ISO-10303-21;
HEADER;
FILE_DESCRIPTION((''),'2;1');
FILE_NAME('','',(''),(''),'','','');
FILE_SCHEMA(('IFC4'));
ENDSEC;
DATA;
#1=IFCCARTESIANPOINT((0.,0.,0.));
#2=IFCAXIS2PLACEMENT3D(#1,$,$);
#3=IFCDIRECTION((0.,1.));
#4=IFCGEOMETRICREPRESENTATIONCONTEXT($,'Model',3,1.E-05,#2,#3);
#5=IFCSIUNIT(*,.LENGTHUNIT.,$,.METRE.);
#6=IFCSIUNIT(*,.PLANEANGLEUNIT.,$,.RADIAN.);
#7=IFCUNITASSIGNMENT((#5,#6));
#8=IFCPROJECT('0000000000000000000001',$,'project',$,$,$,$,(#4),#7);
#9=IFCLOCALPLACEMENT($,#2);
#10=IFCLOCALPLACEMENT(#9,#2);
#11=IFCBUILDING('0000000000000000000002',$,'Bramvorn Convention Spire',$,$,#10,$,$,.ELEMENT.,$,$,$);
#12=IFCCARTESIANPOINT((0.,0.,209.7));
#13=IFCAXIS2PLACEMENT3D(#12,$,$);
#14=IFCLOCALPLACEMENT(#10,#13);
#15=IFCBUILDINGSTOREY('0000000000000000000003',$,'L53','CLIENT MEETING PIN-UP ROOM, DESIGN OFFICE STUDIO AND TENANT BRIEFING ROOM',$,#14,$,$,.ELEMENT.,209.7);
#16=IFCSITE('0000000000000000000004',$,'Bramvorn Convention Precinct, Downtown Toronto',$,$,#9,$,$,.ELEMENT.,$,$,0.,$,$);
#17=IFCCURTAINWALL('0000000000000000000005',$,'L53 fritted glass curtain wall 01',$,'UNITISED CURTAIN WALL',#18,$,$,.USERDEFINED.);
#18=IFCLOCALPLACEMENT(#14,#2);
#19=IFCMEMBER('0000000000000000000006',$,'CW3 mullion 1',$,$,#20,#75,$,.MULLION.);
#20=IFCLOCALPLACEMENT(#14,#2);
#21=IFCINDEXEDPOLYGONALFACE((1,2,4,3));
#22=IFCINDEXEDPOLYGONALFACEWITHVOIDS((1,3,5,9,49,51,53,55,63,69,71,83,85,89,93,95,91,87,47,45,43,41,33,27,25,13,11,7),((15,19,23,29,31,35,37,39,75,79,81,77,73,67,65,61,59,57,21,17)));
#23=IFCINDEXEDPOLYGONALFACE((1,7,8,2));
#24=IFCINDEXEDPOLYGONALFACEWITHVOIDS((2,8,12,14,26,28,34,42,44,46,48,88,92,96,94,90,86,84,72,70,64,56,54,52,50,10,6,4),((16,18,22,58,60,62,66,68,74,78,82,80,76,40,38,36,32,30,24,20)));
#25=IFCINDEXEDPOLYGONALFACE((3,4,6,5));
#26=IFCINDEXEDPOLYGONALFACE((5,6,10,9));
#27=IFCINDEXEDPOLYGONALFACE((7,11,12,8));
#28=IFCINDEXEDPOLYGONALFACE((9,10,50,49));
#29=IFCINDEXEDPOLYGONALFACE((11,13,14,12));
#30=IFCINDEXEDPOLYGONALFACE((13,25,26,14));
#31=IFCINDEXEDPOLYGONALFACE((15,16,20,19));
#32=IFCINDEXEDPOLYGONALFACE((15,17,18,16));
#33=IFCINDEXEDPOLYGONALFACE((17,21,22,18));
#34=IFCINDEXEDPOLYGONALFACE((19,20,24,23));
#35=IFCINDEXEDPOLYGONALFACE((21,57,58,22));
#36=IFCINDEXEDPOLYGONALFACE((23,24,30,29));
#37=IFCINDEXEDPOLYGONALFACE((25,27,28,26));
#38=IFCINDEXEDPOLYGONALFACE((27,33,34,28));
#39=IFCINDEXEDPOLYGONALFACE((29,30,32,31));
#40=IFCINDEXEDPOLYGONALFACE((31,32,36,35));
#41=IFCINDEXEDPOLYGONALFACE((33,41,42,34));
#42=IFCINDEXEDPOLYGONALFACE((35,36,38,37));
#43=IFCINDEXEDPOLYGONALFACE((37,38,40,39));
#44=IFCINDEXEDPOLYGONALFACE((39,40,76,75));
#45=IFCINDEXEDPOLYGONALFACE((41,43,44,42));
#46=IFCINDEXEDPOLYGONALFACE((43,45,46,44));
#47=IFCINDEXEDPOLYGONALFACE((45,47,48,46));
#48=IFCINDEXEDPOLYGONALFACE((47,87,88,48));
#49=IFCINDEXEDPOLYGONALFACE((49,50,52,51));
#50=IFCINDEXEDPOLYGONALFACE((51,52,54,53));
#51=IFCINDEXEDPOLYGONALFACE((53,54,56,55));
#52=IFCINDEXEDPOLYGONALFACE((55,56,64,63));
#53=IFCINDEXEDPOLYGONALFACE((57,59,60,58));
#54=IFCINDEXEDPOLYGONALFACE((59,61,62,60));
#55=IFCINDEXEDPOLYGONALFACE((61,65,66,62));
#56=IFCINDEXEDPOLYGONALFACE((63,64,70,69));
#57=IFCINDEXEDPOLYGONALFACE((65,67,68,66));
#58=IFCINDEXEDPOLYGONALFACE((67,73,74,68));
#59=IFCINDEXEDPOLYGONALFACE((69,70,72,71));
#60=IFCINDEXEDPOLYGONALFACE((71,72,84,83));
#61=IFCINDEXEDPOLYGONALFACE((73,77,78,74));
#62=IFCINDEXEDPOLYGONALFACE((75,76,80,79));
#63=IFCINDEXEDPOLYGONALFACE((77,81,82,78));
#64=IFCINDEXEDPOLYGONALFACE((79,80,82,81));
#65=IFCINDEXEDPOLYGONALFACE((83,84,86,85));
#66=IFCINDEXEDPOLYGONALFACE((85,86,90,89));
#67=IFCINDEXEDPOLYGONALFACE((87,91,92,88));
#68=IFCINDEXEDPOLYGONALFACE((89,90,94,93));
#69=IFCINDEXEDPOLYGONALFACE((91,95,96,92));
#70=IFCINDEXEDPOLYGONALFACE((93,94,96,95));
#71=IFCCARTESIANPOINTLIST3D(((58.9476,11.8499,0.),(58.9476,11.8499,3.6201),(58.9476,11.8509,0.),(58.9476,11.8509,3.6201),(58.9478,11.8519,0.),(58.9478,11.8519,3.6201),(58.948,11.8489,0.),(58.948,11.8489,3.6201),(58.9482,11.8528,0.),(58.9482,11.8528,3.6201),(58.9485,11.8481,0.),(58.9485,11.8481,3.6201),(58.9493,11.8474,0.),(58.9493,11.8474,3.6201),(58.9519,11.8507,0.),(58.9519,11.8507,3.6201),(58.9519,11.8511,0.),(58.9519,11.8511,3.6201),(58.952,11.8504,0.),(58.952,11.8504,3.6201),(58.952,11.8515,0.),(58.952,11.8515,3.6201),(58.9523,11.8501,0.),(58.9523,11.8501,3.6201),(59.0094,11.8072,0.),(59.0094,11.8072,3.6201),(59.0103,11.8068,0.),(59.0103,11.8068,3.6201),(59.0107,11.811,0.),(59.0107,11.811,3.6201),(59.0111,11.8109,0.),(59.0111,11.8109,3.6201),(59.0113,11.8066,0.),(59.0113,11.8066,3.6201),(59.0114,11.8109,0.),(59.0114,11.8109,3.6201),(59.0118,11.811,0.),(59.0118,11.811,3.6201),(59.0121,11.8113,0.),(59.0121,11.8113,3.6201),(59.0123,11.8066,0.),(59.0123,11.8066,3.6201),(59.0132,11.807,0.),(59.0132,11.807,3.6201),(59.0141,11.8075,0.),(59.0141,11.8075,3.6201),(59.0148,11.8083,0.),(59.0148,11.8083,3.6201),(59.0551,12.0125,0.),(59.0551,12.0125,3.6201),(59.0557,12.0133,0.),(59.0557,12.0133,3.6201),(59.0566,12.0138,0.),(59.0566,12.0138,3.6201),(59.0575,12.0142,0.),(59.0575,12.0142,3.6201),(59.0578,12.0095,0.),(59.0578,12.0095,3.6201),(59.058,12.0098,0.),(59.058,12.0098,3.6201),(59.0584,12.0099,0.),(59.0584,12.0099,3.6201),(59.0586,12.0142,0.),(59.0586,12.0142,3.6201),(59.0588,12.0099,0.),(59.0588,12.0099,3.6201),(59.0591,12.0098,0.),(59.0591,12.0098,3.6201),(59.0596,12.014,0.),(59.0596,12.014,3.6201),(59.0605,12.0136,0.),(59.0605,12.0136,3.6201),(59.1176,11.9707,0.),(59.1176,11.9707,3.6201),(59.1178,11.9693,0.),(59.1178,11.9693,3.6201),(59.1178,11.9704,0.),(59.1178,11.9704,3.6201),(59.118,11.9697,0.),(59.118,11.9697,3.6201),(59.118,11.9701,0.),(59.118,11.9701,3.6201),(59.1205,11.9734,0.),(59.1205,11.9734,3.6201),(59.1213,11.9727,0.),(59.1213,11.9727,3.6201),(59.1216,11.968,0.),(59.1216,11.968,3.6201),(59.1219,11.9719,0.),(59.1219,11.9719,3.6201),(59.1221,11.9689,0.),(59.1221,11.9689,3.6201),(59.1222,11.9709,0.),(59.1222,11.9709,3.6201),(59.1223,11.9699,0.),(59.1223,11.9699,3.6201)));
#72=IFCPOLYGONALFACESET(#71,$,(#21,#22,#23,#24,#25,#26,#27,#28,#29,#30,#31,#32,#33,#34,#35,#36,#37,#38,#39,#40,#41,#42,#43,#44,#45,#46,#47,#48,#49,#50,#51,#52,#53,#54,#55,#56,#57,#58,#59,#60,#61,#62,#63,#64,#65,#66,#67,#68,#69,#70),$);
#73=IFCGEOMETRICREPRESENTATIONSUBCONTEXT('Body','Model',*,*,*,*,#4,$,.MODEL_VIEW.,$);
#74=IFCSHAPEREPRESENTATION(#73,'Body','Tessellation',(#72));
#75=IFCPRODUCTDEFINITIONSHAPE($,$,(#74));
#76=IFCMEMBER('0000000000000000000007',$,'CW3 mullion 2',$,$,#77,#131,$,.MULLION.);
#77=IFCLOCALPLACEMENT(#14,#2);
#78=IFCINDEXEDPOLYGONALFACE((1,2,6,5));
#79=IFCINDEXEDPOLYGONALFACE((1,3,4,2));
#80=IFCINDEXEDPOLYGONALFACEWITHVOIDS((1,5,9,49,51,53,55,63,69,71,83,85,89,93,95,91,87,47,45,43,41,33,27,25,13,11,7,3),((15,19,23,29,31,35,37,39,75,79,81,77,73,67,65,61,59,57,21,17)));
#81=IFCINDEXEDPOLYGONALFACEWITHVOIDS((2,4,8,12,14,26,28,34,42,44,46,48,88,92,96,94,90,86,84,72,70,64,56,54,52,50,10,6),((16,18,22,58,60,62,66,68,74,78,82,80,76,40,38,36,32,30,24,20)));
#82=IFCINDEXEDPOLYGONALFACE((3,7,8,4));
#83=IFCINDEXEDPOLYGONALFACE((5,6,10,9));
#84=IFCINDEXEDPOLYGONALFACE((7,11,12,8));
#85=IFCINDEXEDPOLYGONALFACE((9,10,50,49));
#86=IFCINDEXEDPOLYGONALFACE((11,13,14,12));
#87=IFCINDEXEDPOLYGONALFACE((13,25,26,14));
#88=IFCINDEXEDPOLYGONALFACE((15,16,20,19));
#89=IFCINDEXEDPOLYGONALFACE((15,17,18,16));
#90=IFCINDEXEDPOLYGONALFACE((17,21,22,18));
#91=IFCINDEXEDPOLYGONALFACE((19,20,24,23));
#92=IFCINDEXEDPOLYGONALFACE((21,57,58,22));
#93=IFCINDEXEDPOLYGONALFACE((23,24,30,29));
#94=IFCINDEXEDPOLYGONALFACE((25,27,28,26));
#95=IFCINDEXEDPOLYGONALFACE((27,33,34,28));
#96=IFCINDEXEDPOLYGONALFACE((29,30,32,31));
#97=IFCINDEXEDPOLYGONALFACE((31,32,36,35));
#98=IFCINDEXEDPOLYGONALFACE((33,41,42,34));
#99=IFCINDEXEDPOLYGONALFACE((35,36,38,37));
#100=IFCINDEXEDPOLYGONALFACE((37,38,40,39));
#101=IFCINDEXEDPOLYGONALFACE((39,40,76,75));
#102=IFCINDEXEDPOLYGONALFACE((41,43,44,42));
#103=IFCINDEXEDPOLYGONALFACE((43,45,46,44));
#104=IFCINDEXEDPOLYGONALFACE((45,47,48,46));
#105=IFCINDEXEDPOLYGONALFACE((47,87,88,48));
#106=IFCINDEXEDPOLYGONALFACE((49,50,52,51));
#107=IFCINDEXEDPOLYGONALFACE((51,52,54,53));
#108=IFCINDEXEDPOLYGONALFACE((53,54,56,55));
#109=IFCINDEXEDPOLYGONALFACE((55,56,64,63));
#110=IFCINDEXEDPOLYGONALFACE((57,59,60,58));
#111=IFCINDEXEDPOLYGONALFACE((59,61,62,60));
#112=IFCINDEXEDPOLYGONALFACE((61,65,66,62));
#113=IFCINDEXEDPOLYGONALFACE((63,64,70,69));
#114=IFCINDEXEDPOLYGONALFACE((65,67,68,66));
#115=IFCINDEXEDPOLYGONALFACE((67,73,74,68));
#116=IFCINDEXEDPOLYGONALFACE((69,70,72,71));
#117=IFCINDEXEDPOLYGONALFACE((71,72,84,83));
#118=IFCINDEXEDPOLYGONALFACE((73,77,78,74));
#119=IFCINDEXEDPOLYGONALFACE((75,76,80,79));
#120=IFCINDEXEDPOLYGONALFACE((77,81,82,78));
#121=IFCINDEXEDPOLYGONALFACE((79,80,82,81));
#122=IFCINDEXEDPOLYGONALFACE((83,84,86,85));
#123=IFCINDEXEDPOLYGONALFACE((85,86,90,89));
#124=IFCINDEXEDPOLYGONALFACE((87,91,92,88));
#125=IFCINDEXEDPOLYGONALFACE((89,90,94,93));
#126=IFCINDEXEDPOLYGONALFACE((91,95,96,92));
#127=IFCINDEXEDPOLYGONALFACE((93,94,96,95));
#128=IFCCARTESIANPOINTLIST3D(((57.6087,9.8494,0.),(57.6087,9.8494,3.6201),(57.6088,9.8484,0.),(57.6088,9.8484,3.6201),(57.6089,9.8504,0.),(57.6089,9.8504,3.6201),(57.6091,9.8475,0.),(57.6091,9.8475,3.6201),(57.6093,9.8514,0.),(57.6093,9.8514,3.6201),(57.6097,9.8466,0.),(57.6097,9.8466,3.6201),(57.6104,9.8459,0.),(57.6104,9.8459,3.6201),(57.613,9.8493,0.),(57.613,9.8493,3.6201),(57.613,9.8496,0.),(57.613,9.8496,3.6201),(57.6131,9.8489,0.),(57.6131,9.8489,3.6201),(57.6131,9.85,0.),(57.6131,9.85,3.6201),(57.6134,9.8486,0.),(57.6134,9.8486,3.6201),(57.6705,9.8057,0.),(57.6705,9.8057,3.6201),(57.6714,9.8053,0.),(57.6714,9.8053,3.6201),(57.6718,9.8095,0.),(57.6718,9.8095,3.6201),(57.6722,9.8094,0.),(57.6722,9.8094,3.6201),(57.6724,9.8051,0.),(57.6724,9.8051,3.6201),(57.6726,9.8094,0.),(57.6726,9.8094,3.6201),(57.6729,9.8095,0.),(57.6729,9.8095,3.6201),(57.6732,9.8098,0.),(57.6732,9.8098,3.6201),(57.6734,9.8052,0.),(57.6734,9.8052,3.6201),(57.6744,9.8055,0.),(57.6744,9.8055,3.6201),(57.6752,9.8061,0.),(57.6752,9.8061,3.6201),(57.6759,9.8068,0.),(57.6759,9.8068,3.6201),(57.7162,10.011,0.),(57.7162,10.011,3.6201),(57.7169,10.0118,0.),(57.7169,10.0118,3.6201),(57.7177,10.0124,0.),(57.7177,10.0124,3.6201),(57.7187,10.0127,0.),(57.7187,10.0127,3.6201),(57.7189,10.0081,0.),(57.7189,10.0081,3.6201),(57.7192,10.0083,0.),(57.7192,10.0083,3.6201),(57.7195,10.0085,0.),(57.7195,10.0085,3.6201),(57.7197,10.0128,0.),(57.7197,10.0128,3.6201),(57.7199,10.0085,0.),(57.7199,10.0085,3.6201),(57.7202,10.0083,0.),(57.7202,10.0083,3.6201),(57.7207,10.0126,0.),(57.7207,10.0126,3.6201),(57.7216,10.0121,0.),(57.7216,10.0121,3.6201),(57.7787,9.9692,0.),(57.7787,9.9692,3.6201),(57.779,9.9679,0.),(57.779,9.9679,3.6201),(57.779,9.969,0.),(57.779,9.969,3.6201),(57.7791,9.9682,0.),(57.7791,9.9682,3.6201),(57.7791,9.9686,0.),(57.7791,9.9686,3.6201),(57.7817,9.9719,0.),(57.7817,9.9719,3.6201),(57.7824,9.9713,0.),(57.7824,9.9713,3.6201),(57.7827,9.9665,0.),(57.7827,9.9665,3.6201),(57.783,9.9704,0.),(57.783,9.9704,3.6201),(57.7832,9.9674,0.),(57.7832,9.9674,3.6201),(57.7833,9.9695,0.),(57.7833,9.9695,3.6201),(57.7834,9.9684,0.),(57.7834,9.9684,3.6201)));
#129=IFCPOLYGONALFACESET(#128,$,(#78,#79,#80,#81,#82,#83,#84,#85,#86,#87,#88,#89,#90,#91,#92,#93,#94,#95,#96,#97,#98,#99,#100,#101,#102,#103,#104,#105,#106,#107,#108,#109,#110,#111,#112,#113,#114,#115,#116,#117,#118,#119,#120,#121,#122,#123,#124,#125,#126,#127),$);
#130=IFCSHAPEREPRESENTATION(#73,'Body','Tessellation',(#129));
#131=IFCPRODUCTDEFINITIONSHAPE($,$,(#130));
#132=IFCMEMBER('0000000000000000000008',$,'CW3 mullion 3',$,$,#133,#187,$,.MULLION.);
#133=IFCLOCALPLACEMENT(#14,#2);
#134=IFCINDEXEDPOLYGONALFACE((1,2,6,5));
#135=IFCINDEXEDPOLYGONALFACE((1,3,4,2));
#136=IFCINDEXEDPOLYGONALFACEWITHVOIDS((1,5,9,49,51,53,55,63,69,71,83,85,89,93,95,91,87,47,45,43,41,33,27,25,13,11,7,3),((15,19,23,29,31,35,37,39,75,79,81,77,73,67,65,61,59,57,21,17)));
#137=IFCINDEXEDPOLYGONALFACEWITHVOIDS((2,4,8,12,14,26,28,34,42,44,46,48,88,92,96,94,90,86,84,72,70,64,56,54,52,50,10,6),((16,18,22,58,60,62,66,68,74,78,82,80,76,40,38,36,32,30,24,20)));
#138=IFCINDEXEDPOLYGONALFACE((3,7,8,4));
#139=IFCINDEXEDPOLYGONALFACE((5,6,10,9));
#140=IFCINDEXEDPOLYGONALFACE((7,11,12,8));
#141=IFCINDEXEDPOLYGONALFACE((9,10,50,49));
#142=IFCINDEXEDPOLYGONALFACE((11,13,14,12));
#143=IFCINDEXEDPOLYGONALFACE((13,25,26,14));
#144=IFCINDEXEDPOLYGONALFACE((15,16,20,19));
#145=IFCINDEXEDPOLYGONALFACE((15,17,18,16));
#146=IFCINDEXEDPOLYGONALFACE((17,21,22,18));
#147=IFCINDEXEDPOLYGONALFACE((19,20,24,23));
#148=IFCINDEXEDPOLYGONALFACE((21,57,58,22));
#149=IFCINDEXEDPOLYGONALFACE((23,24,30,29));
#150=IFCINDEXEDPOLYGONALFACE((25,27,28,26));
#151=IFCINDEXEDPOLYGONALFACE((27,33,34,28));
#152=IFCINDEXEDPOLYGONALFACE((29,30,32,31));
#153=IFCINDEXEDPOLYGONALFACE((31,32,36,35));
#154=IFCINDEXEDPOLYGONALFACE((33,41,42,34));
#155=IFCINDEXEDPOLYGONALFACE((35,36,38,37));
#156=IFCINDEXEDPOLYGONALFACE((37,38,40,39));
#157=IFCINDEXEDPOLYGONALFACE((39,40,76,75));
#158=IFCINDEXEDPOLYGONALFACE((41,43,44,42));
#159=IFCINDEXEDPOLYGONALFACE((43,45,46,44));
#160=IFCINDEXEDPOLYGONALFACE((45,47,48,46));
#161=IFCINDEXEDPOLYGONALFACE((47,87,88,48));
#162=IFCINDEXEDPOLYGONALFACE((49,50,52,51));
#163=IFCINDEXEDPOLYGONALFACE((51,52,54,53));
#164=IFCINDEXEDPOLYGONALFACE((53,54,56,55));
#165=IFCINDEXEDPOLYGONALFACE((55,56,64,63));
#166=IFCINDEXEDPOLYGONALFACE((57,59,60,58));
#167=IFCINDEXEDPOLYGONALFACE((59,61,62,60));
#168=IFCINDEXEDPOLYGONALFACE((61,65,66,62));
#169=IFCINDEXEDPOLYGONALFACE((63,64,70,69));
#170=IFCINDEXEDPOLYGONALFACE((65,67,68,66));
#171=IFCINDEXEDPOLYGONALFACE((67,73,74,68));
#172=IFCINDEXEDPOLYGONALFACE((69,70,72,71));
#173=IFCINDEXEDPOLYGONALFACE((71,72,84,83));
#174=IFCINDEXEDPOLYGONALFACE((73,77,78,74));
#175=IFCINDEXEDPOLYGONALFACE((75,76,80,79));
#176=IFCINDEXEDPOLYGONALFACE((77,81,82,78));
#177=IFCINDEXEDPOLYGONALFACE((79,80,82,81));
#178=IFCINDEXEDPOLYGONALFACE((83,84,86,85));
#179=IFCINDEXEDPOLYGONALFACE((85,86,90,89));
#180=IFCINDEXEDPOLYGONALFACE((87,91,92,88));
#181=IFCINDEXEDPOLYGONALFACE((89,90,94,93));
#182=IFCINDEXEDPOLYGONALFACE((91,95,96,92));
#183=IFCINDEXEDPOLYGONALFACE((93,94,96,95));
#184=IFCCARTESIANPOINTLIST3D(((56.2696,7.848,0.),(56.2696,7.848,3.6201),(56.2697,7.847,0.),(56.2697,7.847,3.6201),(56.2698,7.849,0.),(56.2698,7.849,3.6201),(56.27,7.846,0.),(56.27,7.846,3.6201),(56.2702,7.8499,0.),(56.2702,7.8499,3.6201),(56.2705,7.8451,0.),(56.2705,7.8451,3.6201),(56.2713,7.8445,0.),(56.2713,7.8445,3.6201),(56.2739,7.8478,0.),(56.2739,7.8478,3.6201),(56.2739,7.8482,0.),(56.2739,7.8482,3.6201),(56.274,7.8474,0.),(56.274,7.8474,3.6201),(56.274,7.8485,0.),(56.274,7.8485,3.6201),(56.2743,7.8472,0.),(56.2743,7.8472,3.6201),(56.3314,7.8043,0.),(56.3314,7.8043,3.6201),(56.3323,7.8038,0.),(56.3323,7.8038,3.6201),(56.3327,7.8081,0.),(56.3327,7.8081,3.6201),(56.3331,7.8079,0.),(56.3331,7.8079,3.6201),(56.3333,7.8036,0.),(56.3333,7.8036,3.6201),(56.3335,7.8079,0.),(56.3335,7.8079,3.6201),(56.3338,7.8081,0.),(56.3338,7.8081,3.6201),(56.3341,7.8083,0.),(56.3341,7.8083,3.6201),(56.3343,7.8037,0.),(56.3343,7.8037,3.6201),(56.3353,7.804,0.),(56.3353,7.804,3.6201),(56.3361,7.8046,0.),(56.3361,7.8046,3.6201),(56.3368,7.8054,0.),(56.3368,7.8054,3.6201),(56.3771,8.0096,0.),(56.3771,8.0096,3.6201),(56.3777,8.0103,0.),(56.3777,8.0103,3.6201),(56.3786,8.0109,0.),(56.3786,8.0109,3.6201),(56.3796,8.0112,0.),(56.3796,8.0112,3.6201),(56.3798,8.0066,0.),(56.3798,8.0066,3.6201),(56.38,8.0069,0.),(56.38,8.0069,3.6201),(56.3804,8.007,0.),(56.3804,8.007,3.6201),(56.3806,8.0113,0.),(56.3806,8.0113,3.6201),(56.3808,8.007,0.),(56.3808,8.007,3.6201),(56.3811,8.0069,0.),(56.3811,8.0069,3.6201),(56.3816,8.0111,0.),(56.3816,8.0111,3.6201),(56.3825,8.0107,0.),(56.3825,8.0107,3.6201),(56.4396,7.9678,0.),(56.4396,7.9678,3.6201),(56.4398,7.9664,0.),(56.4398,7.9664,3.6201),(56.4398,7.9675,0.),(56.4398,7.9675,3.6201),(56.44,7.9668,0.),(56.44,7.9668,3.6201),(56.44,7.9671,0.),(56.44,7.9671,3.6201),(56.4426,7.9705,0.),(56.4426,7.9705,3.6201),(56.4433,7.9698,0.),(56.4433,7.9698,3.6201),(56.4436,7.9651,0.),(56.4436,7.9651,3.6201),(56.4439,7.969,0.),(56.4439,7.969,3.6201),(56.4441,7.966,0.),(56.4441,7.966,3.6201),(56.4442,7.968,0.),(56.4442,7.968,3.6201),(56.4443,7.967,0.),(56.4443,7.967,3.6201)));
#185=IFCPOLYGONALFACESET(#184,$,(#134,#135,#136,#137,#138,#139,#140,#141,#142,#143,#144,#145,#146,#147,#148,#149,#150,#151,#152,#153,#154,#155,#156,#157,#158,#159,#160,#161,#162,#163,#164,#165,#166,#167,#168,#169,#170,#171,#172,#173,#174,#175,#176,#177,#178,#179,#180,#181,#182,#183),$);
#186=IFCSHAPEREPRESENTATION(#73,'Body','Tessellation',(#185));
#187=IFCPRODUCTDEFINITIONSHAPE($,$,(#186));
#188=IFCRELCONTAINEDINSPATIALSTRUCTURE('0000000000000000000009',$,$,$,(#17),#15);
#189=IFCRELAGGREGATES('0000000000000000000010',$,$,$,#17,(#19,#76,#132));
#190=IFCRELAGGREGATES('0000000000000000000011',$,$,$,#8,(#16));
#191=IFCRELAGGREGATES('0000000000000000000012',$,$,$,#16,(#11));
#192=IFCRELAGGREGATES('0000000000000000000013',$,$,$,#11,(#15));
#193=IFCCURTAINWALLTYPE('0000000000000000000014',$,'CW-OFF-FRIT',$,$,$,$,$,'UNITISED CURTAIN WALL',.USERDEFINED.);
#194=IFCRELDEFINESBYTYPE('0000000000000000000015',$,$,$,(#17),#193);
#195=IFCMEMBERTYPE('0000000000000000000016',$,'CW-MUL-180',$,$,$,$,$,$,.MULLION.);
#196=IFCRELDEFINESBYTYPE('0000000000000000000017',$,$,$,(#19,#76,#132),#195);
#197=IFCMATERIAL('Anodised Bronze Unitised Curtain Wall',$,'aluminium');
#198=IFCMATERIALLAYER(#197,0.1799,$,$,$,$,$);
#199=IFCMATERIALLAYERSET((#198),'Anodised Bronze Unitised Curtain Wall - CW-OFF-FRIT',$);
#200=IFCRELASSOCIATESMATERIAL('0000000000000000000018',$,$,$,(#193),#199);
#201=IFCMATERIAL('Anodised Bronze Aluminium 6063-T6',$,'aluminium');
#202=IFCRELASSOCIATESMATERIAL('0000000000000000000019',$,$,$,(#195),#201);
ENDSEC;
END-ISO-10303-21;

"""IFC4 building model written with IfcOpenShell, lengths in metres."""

from ifc_helpers import new_model, si_unit, direction, frame, origin, origin_2d, place, context, subcontext, project, spatial, hollow_rectangle, extrude, material, layer, layer_set, material_profile, profile_set, type_object, element, aggregate, save


model = new_model("IFC4")

# Units and contexts
model_context = context("Model", 3, precision=1e-05, world=origin(), true_north=direction((0.0, 1.0)))
body_context = subcontext(model_context, "Body", "Model", "MODEL_VIEW")
ifc_project = project(units=[si_unit("LENGTHUNIT", "METRE"), si_unit("PLANEANGLEUNIT", "RADIAN")], contexts=[model_context])

# Site, building, storey
site_placement = place(None, origin())
site = spatial("IfcSite", under=ifc_project, at=site_placement, Name="Bramvorn Convention Precinct, Downtown Toronto", CompositionType="ELEMENT", RefElevation=0.0)
building_placement = place(site_placement, origin())
building = spatial("IfcBuilding", under=site, at=building_placement, Name="Bramvorn Convention Spire", CompositionType="ELEMENT")
storey_placement = place(building_placement, frame((0.0, 0.0, 209.7)))
storey = spatial("IfcBuildingStorey", under=building, at=storey_placement, Name="L53", Description="CLIENT MEETING PIN-UP ROOM, DESIGN OFFICE STUDIO AND TENANT BRIEFING ROOM", CompositionType="ELEMENT", Elevation=209.7)

# Curtain wall, members
ifc_material_1 = material(Name="Anodised Bronze Unitised Curtain Wall", Category="aluminium")
ifc_layer_1 = layer(ifc_material_1, 0.1799)
ifc_layer_set_1 = layer_set([ifc_layer_1], Name="Anodised Bronze Unitised Curtain Wall - CW-OFF-FRIT")
curtain_wall_type = type_object("IfcCurtainWallType", Name="CW-OFF-FRIT", ElementType="UNITISED CURTAIN WALL", PredefinedType="USERDEFINED", material=ifc_layer_set_1)
curtain_wall_1_placement = place(storey_placement, origin())
curtain_wall_1 = element("IfcCurtainWall", 1, at=curtain_wall_1_placement, inside=storey, type_object=curtain_wall_type, Name="L53 fritted glass curtain wall 01", ObjectType="UNITISED CURTAIN WALL", PredefinedType="USERDEFINED")
ifc_material_2 = material(Name="Anodised Bronze Aluminium 6063-T6", Category="aluminium")
ifc_material_profile_1 = material_profile(ifc_material_2, hollow_rectangle(XDim=0.0801, YDim=0.2, WallThickness=0.0039, InnerFilletRadius=0.001, OuterFilletRadius=0.0039, at=origin_2d()))
ifc_profile_set_1 = profile_set([ifc_material_profile_1], Name="Anodised Bronze Aluminium 6063-T6 - CWM80X200")
member_type_1 = type_object("IfcMemberType", Name="CW-MUL-180", PredefinedType="MULLION", material=ifc_profile_set_1)
member_1_placement = place(storey_placement, frame((59.0349, 11.9104, 0.0), z_axis=(0.0, 0.0, 1.0), x_axis=(0.831144, -0.556058, 0.0)))
member_1 = element("IfcMember", 2, at=member_1_placement, type_object=member_type_1, Name="CW3 mullion 1", PredefinedType="MULLION", context=body_context, shape_type="SweptSolid", body=[
    extrude(hollow_rectangle(XDim=0.0801, YDim=0.2, WallThickness=0.0039, InnerFilletRadius=0.001, OuterFilletRadius=0.0039, at=origin_2d()), origin(), (0.0, 0.0, 1.0), 3.6201),
])
member_2_placement = place(storey_placement, frame((57.696, 9.9089, 0.0), z_axis=(0.0, 0.0, 1.0), x_axis=(0.831144, -0.556058, 0.0)))
member_2 = element("IfcMember", 3, at=member_2_placement, type_object=member_type_1, Name="CW3 mullion 2", PredefinedType="MULLION", context=body_context, shape_type="SweptSolid", body=[
    extrude(hollow_rectangle(XDim=0.0801, YDim=0.2, WallThickness=0.0039, InnerFilletRadius=0.001, OuterFilletRadius=0.0039, at=origin_2d()), origin(), (0.0, 0.0, 1.0), 3.6201),
])
member_3_placement = place(storey_placement, frame((56.3569, 7.9075, 0.0), z_axis=(0.0, 0.0, 1.0), x_axis=(0.831144, -0.556058, 0.0)))
member_3 = element("IfcMember", 4, at=member_3_placement, type_object=member_type_1, Name="CW3 mullion 3", PredefinedType="MULLION", context=body_context, shape_type="SweptSolid", body=[
    extrude(hollow_rectangle(XDim=0.0801, YDim=0.2, WallThickness=0.0039, InnerFilletRadius=0.001, OuterFilletRadius=0.0039, at=origin_2d()), origin(), (0.0, 0.0, 1.0), 3.6201),
])

aggregate(curtain_wall_1, [member_1, member_2, member_3])

save(model, "model.ifc")
